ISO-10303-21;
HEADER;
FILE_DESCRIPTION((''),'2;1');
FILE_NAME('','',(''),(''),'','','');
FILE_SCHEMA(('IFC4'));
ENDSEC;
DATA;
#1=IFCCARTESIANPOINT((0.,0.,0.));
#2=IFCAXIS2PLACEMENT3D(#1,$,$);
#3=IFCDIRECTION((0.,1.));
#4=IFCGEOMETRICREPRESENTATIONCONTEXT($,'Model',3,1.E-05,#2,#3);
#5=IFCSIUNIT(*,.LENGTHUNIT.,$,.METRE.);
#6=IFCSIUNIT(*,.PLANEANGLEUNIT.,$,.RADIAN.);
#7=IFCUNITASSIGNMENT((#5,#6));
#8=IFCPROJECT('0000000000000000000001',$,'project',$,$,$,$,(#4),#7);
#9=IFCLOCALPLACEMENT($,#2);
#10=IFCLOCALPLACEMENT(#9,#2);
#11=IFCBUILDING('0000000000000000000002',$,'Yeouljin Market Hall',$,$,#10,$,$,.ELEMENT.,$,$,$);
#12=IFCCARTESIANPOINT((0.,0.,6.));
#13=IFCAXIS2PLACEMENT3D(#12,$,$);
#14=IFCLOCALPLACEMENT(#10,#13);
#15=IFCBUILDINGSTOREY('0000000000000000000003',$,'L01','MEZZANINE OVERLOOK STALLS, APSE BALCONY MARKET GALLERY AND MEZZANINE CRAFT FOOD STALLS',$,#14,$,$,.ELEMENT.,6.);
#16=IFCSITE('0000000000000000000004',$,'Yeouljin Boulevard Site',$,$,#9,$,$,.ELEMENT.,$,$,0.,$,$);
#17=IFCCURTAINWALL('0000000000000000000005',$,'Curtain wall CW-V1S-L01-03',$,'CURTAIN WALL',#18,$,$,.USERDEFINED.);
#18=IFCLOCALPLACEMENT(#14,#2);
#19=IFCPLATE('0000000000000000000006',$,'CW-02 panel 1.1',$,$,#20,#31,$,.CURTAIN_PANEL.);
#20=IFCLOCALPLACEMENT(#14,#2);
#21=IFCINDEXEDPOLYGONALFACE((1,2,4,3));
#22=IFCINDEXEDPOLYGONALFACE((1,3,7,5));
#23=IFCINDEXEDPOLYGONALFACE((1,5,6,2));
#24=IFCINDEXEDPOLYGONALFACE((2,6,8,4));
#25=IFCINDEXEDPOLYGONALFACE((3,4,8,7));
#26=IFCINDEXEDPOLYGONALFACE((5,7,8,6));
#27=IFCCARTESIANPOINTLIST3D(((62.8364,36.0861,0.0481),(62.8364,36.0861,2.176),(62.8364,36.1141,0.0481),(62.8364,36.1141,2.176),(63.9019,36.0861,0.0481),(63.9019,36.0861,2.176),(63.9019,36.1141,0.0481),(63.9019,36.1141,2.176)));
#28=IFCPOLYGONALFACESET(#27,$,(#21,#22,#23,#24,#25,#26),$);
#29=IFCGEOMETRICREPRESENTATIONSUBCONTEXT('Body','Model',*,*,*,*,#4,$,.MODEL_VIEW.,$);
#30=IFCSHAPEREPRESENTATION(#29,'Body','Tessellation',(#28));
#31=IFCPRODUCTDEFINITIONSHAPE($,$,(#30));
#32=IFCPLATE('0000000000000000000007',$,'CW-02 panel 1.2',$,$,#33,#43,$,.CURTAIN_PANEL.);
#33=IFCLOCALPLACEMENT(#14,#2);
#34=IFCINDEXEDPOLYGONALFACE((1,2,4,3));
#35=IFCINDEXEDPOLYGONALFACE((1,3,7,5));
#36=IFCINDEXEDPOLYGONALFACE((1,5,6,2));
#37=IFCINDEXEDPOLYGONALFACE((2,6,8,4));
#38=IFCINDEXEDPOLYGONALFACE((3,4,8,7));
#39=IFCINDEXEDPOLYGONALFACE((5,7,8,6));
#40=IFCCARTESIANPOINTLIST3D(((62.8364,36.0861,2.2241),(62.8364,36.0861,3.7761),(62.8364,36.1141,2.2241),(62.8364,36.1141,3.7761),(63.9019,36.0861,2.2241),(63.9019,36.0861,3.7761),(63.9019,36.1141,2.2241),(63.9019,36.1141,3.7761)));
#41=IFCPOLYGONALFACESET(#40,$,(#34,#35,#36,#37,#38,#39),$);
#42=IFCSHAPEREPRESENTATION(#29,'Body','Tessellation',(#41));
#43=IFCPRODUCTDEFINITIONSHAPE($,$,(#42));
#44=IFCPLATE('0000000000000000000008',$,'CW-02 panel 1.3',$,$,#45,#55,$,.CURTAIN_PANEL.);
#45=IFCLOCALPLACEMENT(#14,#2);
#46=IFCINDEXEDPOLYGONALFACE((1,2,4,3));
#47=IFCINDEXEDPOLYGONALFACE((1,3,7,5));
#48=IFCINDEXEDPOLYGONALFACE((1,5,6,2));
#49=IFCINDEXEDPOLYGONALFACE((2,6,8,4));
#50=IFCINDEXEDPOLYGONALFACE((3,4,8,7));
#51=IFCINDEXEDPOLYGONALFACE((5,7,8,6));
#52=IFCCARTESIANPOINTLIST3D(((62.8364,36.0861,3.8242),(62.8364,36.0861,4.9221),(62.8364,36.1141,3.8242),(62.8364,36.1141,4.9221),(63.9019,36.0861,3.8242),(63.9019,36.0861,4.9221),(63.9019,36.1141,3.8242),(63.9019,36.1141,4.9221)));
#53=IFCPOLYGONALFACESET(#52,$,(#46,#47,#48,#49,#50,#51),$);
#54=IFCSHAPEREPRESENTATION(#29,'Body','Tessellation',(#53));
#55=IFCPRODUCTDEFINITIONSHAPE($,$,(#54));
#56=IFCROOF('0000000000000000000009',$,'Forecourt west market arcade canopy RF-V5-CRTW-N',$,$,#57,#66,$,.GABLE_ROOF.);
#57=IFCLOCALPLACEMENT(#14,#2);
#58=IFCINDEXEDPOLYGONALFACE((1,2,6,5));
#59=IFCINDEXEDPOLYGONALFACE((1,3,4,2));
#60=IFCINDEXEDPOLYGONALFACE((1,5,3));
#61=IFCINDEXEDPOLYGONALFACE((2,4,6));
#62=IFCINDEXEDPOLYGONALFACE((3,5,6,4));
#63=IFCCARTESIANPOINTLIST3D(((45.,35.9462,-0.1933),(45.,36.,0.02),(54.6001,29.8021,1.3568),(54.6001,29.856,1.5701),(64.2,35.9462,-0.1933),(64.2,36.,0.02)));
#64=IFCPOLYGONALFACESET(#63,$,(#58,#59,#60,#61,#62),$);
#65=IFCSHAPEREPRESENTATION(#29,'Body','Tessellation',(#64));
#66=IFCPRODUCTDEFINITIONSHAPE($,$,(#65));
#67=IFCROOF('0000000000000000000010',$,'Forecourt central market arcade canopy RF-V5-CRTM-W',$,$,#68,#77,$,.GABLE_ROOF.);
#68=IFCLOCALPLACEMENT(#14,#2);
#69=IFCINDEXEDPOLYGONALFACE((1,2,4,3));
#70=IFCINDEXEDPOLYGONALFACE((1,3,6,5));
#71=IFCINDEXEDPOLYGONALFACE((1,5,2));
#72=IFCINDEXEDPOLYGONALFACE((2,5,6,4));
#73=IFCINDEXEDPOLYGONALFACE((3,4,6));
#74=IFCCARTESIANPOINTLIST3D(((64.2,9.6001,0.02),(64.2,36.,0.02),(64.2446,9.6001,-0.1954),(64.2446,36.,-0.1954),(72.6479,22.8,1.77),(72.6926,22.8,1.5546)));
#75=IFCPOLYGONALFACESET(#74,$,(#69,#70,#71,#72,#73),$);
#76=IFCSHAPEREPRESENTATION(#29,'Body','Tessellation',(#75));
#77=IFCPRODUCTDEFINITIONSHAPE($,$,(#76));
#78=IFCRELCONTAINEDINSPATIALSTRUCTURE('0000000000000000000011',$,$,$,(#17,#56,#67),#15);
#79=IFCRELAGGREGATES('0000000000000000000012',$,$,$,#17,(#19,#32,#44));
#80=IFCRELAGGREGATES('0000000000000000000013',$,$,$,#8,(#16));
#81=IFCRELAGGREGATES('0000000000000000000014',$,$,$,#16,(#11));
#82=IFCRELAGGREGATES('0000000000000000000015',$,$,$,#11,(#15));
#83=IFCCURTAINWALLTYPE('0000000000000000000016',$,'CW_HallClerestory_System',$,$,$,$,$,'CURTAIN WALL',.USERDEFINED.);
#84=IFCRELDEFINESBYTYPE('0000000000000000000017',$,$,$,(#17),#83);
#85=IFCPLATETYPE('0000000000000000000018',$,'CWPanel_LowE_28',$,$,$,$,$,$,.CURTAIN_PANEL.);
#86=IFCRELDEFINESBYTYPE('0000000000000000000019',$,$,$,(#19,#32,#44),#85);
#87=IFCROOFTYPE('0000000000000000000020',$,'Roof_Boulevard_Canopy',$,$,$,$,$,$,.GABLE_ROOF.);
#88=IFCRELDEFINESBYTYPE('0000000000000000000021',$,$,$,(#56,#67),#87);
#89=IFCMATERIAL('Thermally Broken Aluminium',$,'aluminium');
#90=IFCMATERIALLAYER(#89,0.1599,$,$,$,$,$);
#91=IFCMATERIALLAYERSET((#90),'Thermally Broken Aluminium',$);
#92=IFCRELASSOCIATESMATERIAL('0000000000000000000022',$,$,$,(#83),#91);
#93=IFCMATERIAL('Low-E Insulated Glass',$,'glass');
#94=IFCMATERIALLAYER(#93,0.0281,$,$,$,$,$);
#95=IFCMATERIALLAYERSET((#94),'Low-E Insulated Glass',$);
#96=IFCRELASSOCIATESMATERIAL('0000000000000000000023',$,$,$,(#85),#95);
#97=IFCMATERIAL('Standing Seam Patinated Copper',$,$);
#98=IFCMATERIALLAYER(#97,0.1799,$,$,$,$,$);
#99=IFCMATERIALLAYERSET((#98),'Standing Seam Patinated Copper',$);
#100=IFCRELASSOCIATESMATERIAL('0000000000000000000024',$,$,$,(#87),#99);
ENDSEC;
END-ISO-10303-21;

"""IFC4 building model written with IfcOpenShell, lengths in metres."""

from ifc_helpers import new_model, si_unit, direction, frame, origin, origin_2d, place, context, subcontext, project, spatial, polyline, rectangle, outline, extrude, material, layer, layer_set, type_object, element, aggregate, save


model = new_model("IFC4")

# Units and contexts
model_context = context("Model", 3, precision=1e-05, world=origin(), true_north=direction((0.0, 1.0)))
body_context = subcontext(model_context, "Body", "Model", "MODEL_VIEW")
ifc_project = project(units=[si_unit("LENGTHUNIT", "METRE"), si_unit("PLANEANGLEUNIT", "RADIAN")], contexts=[model_context])

# Site, building, storey
site_placement = place(None, origin())
site = spatial("IfcSite", under=ifc_project, at=site_placement, Name="Yeouljin Boulevard Site", CompositionType="ELEMENT", RefElevation=0.0)
building_placement = place(site_placement, origin())
building = spatial("IfcBuilding", under=site, at=building_placement, Name="Yeouljin Market Hall", CompositionType="ELEMENT")
storey_placement = place(building_placement, frame((0.0, 0.0, 6.0)))
storey = spatial("IfcBuildingStorey", under=building, at=storey_placement, Name="L01", Description="MEZZANINE OVERLOOK STALLS, APSE BALCONY MARKET GALLERY AND MEZZANINE CRAFT FOOD STALLS", CompositionType="ELEMENT", Elevation=6.0)

# Curtain wall
ifc_material_1 = material(Name="Thermally Broken Aluminium", Category="aluminium")
ifc_layer_1 = layer(ifc_material_1, 0.1599)
ifc_layer_set_1 = layer_set([ifc_layer_1], Name="Thermally Broken Aluminium")
curtain_wall_type = type_object("IfcCurtainWallType", Name="CW_HallClerestory_System", ElementType="CURTAIN WALL", PredefinedType="USERDEFINED", material=ifc_layer_set_1)
curtain_wall_placement = place(storey_placement, origin())
curtain_wall = element("IfcCurtainWall", 1, at=curtain_wall_placement, inside=storey, type_object=curtain_wall_type, Name="Curtain wall CW-V1S-L01-03", ObjectType="CURTAIN WALL", PredefinedType="USERDEFINED")

# Plates
ifc_material_2 = material(Name="Low-E Insulated Glass", Category="glass")
ifc_layer_2 = layer(ifc_material_2, 0.0281)
ifc_layer_set_2 = layer_set([ifc_layer_2], Name="Low-E Insulated Glass")
plate_type = type_object("IfcPlateType", Name="CWPanel_LowE_28", PredefinedType="CURTAIN_PANEL", material=ifc_layer_set_2)
plate_1_placement = place(storey_placement, frame((63.3691, 36.1001, 0.0481), z_axis=(0.0, 0.0, 1.0), x_axis=(-1.0, 0.0, 0.0)))
plate_1 = element("IfcPlate", 2, at=plate_1_placement, type_object=plate_type, Name="CW-02 panel 1.1", PredefinedType="CURTAIN_PANEL", context=body_context, shape_type="SweptSolid", body=[
    extrude(rectangle(XDim=1.0654, YDim=0.0281, at=origin_2d()), origin(), (0.0, 0.0, 1.0), 2.1279),
])
plate_2_placement = place(storey_placement, frame((63.3691, 36.1001, 2.2241), z_axis=(0.0, 0.0, 1.0), x_axis=(-1.0, 0.0, 0.0)))
plate_2 = element("IfcPlate", 3, at=plate_2_placement, type_object=plate_type, Name="CW-02 panel 1.2", PredefinedType="CURTAIN_PANEL", context=body_context, shape_type="SweptSolid", body=[
    extrude(rectangle(XDim=1.0654, YDim=0.0281, at=origin_2d()), origin(), (0.0, 0.0, 1.0), 1.552),
])
plate_3_placement = place(storey_placement, frame((63.3691, 36.1001, 3.8242), z_axis=(0.0, 0.0, 1.0), x_axis=(-1.0, 0.0, 0.0)))
plate_3 = element("IfcPlate", 4, at=plate_3_placement, type_object=plate_type, Name="CW-02 panel 1.3", PredefinedType="CURTAIN_PANEL", context=body_context, shape_type="SweptSolid", body=[
    extrude(rectangle(XDim=1.0654, YDim=0.0281, at=origin_2d()), origin(), (0.0, 0.0, 1.0), 1.0979),
])
aggregate(curtain_wall, [plate_1, plate_2, plate_3])

# Roofs
ifc_material_3 = material(Name="Standing Seam Patinated Copper")
ifc_layer_3 = layer(ifc_material_3, 0.1799)
ifc_layer_set_3 = layer_set([ifc_layer_3], Name="Standing Seam Patinated Copper")
roof_type = type_object("IfcRoofType", Name="Roof_Boulevard_Canopy", PredefinedType="GABLE_ROOF", material=ifc_layer_set_3)
roof_1_placement = place(storey_placement, frame((64.2, 36.0, 0.02), z_axis=(0.0, 0.24462, 0.969619), x_axis=(-1.0, 0.0, 0.0)))
element("IfcRoof", 5, at=roof_1_placement, inside=storey, type_object=roof_type, Name="Forecourt west market arcade canopy RF-V5-CRTW-N", PredefinedType="GABLE_ROOF", context=body_context, shape_type="SweptSolid", body=[
    extrude(outline(polyline([(0.0, 0.0), (19.2, 0.0), (9.5999, 6.3366), (0.0, 0.0)])), origin(), (0.0, 0.0, -1.0), 0.22),
])
roof_2_placement = place(storey_placement, frame((64.2, 36.0, 0.02), z_axis=(-0.202843, 0.0, 0.979211), x_axis=(0.0, -1.0, 0.0)))
element("IfcRoof", 6, at=roof_2_placement, inside=storey, type_object=roof_type, Name="Forecourt central market arcade canopy RF-V5-CRTM-W", PredefinedType="GABLE_ROOF", context=body_context, shape_type="SweptSolid", body=[
    extrude(outline(polyline([(0.0, 0.0), (26.3999, 0.0), (13.2, 8.6274), (0.0, 0.0)])), origin(), (0.0, 0.0, -1.0), 0.22),
])

save(model, "model.ifc")
